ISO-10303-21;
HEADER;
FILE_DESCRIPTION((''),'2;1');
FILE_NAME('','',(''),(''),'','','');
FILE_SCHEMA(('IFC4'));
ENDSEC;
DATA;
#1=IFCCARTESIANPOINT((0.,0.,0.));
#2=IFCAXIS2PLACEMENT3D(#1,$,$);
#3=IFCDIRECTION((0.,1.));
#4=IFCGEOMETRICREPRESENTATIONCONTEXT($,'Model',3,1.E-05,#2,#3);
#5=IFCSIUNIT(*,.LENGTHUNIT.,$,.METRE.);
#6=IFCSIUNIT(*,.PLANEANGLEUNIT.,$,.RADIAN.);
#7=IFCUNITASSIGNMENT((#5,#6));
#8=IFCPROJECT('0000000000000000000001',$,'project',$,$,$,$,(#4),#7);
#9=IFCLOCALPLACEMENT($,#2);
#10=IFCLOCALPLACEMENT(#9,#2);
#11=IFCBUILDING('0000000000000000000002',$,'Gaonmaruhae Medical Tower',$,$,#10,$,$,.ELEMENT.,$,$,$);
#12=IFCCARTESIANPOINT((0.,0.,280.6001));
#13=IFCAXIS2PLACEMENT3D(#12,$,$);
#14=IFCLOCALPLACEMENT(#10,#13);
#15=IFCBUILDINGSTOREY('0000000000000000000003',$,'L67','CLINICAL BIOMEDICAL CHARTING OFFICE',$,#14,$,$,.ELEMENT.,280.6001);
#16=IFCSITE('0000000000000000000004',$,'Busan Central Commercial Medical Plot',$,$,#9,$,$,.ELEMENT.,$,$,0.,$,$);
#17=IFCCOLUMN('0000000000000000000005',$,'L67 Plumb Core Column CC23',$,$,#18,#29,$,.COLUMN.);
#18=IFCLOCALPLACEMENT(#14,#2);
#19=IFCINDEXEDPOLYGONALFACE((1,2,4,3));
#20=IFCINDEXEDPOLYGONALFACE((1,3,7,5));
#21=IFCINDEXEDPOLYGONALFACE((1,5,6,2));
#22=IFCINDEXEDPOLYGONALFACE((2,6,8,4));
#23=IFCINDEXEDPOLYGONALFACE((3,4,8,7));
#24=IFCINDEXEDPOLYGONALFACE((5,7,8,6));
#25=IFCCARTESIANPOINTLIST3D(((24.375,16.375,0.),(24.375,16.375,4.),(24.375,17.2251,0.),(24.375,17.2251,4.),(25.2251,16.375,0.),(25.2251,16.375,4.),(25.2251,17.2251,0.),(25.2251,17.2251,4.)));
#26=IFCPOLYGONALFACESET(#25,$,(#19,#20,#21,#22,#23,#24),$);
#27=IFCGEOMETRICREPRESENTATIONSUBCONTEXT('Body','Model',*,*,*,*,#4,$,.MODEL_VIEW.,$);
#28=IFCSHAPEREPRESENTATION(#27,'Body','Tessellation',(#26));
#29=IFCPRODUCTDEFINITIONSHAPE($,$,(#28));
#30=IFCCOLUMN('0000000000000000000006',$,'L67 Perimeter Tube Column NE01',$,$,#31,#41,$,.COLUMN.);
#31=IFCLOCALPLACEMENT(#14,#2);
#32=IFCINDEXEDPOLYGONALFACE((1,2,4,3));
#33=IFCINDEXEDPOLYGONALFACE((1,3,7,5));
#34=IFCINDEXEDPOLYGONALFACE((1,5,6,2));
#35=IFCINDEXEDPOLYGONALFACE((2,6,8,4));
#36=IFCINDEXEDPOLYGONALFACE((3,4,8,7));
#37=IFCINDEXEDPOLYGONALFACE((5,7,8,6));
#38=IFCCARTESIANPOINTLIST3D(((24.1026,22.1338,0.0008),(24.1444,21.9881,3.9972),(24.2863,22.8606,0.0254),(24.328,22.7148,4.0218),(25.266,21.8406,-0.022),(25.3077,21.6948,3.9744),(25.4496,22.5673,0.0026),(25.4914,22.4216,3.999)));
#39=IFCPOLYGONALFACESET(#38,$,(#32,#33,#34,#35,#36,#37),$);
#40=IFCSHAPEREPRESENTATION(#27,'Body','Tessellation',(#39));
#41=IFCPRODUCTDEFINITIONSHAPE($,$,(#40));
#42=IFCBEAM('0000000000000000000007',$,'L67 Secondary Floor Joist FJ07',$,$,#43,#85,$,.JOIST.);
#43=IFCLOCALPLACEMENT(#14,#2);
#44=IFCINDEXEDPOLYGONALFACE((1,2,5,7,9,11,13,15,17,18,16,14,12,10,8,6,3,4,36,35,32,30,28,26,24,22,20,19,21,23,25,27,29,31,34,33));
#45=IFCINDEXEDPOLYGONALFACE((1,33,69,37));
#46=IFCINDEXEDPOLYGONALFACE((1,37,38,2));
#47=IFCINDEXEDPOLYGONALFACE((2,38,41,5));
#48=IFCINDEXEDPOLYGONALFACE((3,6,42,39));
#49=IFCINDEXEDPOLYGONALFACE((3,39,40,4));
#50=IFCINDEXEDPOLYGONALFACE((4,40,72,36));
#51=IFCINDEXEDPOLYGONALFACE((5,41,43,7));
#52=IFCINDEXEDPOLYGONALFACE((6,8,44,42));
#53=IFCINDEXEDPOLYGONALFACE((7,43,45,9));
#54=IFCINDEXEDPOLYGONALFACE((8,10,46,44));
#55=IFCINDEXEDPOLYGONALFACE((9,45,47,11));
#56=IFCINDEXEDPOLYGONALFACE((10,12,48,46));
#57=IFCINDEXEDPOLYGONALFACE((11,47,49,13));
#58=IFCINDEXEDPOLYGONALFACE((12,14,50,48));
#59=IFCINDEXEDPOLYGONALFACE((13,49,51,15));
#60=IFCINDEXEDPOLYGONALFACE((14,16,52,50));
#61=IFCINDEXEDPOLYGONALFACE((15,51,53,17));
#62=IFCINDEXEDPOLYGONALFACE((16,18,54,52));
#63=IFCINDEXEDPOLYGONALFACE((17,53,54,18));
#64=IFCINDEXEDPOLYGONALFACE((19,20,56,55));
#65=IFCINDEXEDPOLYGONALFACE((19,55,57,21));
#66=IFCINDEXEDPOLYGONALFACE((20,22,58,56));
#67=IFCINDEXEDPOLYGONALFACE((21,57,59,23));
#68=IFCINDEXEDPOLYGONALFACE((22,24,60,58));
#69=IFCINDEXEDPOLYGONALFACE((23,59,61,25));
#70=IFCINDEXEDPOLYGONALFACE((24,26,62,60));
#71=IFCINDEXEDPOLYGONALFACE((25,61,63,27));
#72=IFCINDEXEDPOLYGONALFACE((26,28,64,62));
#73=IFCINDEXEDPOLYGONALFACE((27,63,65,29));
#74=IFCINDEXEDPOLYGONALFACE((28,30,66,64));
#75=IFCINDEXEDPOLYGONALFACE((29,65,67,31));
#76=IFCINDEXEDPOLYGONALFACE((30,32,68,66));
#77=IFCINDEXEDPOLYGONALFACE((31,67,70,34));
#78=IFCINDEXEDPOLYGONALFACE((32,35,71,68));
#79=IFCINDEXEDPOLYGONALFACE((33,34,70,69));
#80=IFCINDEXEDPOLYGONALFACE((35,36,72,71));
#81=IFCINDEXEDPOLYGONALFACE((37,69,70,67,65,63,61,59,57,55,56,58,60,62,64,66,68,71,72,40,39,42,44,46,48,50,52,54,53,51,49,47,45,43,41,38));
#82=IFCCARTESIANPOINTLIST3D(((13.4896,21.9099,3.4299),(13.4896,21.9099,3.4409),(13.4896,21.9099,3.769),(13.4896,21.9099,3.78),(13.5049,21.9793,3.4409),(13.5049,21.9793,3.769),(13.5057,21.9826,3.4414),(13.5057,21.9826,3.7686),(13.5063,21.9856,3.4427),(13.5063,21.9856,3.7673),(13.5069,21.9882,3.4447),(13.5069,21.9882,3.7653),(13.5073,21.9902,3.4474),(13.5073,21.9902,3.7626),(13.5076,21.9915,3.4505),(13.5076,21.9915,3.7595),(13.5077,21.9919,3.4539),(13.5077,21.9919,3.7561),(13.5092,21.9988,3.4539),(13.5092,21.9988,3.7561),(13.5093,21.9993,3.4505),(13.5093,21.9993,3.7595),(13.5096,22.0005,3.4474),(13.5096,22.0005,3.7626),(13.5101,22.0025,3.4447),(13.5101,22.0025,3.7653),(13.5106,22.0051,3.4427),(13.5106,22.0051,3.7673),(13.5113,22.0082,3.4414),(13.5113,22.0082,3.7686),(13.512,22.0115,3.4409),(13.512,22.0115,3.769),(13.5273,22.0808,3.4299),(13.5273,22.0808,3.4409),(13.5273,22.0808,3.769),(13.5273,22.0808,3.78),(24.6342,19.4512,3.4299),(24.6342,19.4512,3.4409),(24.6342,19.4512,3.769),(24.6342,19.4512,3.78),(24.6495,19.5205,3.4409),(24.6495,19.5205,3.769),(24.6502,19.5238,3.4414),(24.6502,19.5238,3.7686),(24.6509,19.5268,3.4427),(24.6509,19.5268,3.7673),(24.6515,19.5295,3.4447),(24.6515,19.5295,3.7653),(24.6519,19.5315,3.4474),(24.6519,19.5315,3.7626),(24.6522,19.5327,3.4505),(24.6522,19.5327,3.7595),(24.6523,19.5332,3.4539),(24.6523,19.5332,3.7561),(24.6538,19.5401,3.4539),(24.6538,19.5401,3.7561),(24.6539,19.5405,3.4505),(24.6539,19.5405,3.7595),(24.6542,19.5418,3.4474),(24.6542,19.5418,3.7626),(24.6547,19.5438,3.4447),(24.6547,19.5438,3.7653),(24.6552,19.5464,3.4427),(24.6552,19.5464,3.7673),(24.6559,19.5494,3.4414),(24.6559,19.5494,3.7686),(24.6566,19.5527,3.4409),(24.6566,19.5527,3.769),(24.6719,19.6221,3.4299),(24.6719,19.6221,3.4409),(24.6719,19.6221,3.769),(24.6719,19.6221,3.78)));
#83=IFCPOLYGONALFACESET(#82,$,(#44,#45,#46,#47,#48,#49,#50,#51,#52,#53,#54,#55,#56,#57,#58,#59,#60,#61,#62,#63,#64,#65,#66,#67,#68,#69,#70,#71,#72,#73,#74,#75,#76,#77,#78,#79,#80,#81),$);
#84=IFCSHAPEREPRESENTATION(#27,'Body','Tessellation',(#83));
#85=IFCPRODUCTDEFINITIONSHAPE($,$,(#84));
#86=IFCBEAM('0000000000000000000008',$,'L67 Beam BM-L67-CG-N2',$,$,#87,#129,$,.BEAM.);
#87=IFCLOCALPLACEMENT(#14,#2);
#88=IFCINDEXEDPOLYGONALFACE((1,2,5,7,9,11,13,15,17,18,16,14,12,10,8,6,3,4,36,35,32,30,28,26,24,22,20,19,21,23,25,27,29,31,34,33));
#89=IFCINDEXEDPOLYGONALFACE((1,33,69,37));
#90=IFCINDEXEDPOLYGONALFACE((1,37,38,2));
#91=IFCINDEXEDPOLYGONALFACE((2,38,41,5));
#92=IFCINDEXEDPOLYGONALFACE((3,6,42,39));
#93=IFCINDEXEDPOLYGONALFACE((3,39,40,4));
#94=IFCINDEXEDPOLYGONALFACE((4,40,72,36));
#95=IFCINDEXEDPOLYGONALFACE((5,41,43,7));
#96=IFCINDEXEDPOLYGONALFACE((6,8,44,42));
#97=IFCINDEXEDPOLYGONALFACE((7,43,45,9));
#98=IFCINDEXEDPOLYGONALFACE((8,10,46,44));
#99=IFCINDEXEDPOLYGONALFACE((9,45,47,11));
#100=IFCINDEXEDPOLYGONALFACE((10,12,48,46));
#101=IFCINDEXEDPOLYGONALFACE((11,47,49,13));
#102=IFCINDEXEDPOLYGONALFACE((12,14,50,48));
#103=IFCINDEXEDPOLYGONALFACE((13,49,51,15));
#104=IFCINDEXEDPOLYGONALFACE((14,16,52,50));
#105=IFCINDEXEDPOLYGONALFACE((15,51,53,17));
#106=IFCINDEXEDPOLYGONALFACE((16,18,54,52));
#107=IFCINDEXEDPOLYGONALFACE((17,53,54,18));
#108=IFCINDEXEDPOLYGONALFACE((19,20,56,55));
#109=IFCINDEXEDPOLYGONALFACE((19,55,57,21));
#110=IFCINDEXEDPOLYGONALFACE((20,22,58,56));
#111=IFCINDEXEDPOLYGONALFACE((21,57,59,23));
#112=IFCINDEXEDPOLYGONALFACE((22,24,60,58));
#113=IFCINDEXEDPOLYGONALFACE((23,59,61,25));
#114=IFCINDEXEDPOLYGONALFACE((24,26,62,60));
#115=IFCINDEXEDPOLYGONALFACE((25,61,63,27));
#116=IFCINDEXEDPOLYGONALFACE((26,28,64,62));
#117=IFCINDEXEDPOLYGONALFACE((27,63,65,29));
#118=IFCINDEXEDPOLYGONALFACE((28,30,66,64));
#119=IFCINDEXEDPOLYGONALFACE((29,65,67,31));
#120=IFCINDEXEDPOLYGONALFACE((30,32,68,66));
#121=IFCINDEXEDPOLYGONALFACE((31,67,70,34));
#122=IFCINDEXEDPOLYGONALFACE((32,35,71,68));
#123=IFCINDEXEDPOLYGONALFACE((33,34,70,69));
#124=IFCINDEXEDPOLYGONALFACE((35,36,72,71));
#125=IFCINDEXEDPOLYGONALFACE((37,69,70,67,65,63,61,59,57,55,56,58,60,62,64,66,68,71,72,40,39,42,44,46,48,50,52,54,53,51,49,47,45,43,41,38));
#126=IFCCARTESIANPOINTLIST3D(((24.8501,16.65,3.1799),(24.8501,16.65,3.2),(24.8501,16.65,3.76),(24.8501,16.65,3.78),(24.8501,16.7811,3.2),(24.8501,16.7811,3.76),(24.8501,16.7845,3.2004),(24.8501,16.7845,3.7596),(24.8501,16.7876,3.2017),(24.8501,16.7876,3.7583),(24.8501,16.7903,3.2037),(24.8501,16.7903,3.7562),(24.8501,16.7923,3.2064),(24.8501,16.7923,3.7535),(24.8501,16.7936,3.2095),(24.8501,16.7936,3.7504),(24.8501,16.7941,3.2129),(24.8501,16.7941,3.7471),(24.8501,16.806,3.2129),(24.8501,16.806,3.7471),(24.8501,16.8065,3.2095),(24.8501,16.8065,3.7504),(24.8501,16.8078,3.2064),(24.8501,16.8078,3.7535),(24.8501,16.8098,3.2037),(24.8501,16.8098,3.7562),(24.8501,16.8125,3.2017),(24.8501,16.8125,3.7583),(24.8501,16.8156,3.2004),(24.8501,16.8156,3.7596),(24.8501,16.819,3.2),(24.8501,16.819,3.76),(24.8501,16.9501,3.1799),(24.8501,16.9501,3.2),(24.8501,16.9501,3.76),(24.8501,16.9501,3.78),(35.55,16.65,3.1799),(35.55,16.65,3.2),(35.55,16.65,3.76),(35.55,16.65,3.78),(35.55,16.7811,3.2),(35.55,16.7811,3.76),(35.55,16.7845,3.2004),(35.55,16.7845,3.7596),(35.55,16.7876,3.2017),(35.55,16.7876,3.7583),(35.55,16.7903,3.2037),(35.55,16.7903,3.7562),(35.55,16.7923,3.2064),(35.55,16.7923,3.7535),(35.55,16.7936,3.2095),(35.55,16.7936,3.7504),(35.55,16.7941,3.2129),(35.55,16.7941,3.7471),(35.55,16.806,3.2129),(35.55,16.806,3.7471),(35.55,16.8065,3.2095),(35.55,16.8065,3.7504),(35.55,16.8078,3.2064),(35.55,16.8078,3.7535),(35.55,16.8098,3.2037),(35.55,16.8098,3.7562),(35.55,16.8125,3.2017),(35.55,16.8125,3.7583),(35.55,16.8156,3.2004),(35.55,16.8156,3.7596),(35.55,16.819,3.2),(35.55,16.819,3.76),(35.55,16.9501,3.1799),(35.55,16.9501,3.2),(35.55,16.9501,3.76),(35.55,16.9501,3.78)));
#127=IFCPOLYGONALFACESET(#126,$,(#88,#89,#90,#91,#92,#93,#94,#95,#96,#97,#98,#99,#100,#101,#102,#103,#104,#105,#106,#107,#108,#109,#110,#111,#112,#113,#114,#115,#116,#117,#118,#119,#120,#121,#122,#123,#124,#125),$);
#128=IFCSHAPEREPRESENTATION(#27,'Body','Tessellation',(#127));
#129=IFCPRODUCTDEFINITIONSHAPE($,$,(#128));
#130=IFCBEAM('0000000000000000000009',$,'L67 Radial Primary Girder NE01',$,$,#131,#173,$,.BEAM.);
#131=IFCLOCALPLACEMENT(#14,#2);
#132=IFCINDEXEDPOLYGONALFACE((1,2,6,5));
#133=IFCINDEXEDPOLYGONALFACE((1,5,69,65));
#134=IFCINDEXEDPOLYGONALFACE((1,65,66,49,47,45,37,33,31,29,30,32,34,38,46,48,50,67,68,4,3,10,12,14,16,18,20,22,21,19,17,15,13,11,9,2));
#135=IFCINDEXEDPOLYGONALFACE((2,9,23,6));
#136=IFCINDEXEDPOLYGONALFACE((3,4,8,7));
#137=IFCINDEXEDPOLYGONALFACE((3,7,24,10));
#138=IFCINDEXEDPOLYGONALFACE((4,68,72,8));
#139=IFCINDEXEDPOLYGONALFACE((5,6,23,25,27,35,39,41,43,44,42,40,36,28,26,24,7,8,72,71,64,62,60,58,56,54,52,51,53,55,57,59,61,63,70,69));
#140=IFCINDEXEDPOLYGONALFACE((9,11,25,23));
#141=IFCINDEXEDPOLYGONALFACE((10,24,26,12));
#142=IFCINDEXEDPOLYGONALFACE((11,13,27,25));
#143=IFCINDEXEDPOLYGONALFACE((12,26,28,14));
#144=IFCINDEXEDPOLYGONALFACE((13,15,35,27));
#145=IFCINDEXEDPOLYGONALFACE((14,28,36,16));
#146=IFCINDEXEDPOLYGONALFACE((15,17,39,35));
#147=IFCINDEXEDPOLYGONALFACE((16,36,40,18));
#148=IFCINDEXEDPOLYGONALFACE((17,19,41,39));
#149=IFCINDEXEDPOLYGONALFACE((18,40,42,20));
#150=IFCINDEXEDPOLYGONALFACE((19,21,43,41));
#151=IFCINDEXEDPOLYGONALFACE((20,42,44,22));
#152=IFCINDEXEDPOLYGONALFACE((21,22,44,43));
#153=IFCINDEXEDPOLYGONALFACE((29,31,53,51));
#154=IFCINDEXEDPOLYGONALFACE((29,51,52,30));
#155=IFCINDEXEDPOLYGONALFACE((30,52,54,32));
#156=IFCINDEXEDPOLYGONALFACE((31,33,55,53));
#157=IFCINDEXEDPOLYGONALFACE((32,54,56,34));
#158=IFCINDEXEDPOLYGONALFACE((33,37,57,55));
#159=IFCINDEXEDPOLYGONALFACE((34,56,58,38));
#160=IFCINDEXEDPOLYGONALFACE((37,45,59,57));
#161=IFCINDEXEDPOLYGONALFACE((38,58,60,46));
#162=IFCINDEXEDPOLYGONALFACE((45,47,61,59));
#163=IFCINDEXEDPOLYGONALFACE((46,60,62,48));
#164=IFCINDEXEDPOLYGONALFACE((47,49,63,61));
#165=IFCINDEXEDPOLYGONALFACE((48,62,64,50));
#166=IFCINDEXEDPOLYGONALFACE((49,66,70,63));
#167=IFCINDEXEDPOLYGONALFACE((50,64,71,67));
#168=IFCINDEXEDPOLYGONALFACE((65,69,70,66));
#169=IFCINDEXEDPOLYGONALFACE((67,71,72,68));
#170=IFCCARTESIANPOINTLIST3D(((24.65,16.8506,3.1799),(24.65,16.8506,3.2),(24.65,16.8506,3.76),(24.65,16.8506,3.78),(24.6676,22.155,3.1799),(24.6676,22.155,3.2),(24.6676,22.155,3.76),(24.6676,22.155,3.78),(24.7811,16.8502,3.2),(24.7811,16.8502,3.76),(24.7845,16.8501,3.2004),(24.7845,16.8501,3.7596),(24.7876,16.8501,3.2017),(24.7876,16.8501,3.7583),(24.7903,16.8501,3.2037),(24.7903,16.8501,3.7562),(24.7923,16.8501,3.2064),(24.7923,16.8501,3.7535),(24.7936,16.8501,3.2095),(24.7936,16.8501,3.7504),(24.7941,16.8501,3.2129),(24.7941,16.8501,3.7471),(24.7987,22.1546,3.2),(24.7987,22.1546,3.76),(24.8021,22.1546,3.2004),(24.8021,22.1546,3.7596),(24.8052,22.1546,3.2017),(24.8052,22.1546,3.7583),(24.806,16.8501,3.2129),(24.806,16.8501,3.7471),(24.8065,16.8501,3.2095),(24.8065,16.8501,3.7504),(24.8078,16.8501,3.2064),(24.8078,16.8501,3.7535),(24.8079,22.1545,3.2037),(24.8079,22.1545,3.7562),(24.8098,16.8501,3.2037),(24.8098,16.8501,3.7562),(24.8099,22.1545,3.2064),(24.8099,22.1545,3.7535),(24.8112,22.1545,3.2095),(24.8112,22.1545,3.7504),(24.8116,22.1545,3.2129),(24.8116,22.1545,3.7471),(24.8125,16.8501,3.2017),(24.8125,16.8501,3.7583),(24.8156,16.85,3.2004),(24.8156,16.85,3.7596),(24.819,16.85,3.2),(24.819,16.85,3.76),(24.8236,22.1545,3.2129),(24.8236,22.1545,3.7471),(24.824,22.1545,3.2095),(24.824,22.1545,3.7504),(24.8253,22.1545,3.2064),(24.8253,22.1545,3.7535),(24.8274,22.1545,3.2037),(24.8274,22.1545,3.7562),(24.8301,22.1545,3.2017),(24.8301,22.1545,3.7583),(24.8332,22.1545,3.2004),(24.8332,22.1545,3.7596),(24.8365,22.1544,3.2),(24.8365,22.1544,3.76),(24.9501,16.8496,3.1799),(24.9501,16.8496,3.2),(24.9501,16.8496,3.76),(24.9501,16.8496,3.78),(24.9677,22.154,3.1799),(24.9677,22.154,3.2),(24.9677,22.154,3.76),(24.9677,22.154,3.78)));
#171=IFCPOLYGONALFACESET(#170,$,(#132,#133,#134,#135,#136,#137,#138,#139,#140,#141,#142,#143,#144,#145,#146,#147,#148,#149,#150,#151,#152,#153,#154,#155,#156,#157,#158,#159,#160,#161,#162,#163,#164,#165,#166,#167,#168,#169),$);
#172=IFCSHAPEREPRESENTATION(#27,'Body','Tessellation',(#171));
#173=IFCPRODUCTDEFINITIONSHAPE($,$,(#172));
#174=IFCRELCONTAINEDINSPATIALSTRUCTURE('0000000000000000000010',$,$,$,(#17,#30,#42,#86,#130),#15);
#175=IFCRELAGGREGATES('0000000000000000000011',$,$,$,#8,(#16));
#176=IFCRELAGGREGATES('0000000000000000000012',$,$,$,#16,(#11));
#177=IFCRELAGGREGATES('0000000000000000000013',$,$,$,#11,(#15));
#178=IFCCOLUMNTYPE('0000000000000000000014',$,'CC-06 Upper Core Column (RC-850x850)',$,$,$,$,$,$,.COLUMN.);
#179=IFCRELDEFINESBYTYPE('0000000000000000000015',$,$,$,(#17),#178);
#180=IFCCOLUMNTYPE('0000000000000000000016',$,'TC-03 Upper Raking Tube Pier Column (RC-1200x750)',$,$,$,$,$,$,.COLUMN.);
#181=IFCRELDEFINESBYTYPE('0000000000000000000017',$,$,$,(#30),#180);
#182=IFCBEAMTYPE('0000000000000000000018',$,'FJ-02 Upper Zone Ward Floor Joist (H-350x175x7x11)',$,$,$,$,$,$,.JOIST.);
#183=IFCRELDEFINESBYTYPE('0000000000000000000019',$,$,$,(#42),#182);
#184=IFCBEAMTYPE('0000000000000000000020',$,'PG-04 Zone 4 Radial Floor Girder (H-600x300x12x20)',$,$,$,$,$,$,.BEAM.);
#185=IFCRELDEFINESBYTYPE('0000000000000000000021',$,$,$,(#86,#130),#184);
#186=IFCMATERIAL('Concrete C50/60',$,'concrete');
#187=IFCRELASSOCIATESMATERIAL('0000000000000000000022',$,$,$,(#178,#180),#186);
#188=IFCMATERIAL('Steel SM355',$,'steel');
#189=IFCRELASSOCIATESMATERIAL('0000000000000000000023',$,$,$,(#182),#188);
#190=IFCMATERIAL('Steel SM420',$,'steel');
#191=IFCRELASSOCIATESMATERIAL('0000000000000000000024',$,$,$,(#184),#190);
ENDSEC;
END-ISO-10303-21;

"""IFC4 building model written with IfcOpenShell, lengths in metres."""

from ifc_helpers import new_model, si_unit, direction, frame, origin, origin_2d, place, context, subcontext, project, spatial, rectangle, i_section, extrude, material, material_profile, profile_set, type_object, element, save


model = new_model("IFC4")

# Units and contexts
model_context = context("Model", 3, precision=1e-05, world=origin(), true_north=direction((0.0, 1.0)))
body_context = subcontext(model_context, "Body", "Model", "MODEL_VIEW")
ifc_project = project(units=[si_unit("LENGTHUNIT", "METRE"), si_unit("PLANEANGLEUNIT", "RADIAN")], contexts=[model_context])

# Site, building, storey
site_placement = place(None, origin())
site = spatial("IfcSite", under=ifc_project, at=site_placement, Name="Busan Central Commercial Medical Plot", CompositionType="ELEMENT", RefElevation=0.0)
building_placement = place(site_placement, origin())
building = spatial("IfcBuilding", under=site, at=building_placement, Name="Gaonmaruhae Medical Tower", CompositionType="ELEMENT")
storey_placement = place(building_placement, frame((0.0, 0.0, 280.6001)))
storey = spatial("IfcBuildingStorey", under=building, at=storey_placement, Name="L67", Description="CLINICAL BIOMEDICAL CHARTING OFFICE", CompositionType="ELEMENT", Elevation=280.6001)

# Columns
ifc_material_1 = material(Name="Concrete C50/60", Category="concrete")
ifc_material_profile_1 = material_profile(ifc_material_1, rectangle(XDim=0.8501, YDim=0.8501, at=origin_2d()), Name="RC-850x850")
ifc_profile_set_1 = profile_set([ifc_material_profile_1], Name="Concrete C50/60")
column_type_1 = type_object("IfcColumnType", Name="CC-06 Upper Core Column (RC-850x850)", PredefinedType="COLUMN", material=ifc_profile_set_1)
column_1_placement = place(storey_placement, frame((24.8, 16.8, 0.0), z_axis=(0.0, 0.0, 1.0), x_axis=(1.0, 0.0, 0.0)))
element("IfcColumn", 1, at=column_1_placement, inside=storey, type_object=column_type_1, Name="L67 Plumb Core Column CC23", PredefinedType="COLUMN", context=body_context, shape_type="SweptSolid", body=[
    extrude(rectangle(XDim=0.8501, YDim=0.8501, at=origin_2d()), origin(), (0.0, 0.0, 1.0), 4.0),
])
ifc_material_profile_2 = material_profile(ifc_material_1, rectangle(XDim=1.2, YDim=0.75, at=origin_2d()), Name="RC-1200x750")
ifc_profile_set_2 = profile_set([ifc_material_profile_2], Name="Concrete C50/60")
column_type_2 = type_object("IfcColumnType", Name="TC-03 Upper Raking Tube Pier Column (RC-1200x750)", PredefinedType="COLUMN", material=ifc_profile_set_2)
column_2_placement = place(storey_placement, frame((24.7761, 22.3506, 0.0017), z_axis=(0.010439, -0.036445, 0.999281), x_axis=(-0.969489, 0.244395, 0.019041)))
element("IfcColumn", 2, at=column_2_placement, inside=storey, type_object=column_type_2, Name="L67 Perimeter Tube Column NE01", PredefinedType="COLUMN", context=body_context, shape_type="SweptSolid", body=[
    extrude(rectangle(XDim=1.2, YDim=0.75, at=origin_2d()), origin(), (0.0, 0.0, 1.0), 3.9993),
])

# Beams
ifc_material_2 = material(Name="Steel SM355", Category="steel")
ifc_material_profile_3 = material_profile(ifc_material_2, i_section(OverallWidth=0.175, OverallDepth=0.3501, WebThickness=0.0071, FlangeThickness=0.011, FilletRadius=0.0129, at=origin_2d()), Name="H-350x175x7x11")
ifc_profile_set_3 = profile_set([ifc_material_profile_3], Name="Steel SM355")
beam_type_1 = type_object("IfcBeamType", Name="FJ-02 Upper Zone Ward Floor Joist (H-350x175x7x11)", PredefinedType="JOIST", material=ifc_profile_set_3)
beam_1_placement = place(storey_placement, frame((24.6531, 19.5366, 3.605), z_axis=(-0.976517, 0.215442, 0.0), x_axis=(-0.215442, -0.976517, 0.0)))
element("IfcBeam", 3, at=beam_1_placement, inside=storey, type_object=beam_type_1, Name="L67 Secondary Floor Joist FJ07", PredefinedType="JOIST", context=body_context, shape_type="SweptSolid", body=[
    extrude(i_section(OverallWidth=0.175, OverallDepth=0.3501, WebThickness=0.0071, FlangeThickness=0.011, FilletRadius=0.0129, at=origin_2d()), origin(), (0.0, 0.0, 1.0), 11.4126),
])
ifc_material_3 = material(Name="Steel SM420", Category="steel")
ifc_material_profile_4 = material_profile(ifc_material_3, i_section(OverallWidth=0.3, OverallDepth=0.6001, WebThickness=0.012, FlangeThickness=0.02, FilletRadius=0.0129, at=origin_2d()), Name="H-600x300x12x20")
ifc_profile_set_4 = profile_set([ifc_material_profile_4], Name="Steel SM420")
beam_type_2 = type_object("IfcBeamType", Name="PG-04 Zone 4 Radial Floor Girder (H-600x300x12x20)", PredefinedType="BEAM", material=ifc_profile_set_4)
beam_2_placement = place(storey_placement, frame((24.8501, 16.8, 3.48), z_axis=(1.0, 0.0, 0.0), x_axis=(0.0, 1.0, 0.0)))
element("IfcBeam", 4, at=beam_2_placement, inside=storey, type_object=beam_type_2, Name="L67 Beam BM-L67-CG-N2", PredefinedType="BEAM", context=body_context, shape_type="SweptSolid", body=[
    extrude(i_section(OverallWidth=0.3, OverallDepth=0.6001, WebThickness=0.012, FlangeThickness=0.02, FilletRadius=0.0129, at=origin_2d()), origin(), (0.0, 0.0, 1.0), 10.7),
])
beam_3_placement = place(storey_placement, frame((24.8, 16.8501, 3.48), z_axis=(0.003314, 0.999995, 0.0), x_axis=(-0.999995, 0.003314, 0.0)))
element("IfcBeam", 5, at=beam_3_placement, inside=storey, type_object=beam_type_2, Name="L67 Radial Primary Girder NE01", PredefinedType="BEAM", context=body_context, shape_type="SweptSolid", body=[
    extrude(i_section(OverallWidth=0.3, OverallDepth=0.6001, WebThickness=0.012, FlangeThickness=0.02, FilletRadius=0.0129, at=origin_2d()), origin(), (0.0, 0.0, 1.0), 5.3044),
])

save(model, "model.ifc")
